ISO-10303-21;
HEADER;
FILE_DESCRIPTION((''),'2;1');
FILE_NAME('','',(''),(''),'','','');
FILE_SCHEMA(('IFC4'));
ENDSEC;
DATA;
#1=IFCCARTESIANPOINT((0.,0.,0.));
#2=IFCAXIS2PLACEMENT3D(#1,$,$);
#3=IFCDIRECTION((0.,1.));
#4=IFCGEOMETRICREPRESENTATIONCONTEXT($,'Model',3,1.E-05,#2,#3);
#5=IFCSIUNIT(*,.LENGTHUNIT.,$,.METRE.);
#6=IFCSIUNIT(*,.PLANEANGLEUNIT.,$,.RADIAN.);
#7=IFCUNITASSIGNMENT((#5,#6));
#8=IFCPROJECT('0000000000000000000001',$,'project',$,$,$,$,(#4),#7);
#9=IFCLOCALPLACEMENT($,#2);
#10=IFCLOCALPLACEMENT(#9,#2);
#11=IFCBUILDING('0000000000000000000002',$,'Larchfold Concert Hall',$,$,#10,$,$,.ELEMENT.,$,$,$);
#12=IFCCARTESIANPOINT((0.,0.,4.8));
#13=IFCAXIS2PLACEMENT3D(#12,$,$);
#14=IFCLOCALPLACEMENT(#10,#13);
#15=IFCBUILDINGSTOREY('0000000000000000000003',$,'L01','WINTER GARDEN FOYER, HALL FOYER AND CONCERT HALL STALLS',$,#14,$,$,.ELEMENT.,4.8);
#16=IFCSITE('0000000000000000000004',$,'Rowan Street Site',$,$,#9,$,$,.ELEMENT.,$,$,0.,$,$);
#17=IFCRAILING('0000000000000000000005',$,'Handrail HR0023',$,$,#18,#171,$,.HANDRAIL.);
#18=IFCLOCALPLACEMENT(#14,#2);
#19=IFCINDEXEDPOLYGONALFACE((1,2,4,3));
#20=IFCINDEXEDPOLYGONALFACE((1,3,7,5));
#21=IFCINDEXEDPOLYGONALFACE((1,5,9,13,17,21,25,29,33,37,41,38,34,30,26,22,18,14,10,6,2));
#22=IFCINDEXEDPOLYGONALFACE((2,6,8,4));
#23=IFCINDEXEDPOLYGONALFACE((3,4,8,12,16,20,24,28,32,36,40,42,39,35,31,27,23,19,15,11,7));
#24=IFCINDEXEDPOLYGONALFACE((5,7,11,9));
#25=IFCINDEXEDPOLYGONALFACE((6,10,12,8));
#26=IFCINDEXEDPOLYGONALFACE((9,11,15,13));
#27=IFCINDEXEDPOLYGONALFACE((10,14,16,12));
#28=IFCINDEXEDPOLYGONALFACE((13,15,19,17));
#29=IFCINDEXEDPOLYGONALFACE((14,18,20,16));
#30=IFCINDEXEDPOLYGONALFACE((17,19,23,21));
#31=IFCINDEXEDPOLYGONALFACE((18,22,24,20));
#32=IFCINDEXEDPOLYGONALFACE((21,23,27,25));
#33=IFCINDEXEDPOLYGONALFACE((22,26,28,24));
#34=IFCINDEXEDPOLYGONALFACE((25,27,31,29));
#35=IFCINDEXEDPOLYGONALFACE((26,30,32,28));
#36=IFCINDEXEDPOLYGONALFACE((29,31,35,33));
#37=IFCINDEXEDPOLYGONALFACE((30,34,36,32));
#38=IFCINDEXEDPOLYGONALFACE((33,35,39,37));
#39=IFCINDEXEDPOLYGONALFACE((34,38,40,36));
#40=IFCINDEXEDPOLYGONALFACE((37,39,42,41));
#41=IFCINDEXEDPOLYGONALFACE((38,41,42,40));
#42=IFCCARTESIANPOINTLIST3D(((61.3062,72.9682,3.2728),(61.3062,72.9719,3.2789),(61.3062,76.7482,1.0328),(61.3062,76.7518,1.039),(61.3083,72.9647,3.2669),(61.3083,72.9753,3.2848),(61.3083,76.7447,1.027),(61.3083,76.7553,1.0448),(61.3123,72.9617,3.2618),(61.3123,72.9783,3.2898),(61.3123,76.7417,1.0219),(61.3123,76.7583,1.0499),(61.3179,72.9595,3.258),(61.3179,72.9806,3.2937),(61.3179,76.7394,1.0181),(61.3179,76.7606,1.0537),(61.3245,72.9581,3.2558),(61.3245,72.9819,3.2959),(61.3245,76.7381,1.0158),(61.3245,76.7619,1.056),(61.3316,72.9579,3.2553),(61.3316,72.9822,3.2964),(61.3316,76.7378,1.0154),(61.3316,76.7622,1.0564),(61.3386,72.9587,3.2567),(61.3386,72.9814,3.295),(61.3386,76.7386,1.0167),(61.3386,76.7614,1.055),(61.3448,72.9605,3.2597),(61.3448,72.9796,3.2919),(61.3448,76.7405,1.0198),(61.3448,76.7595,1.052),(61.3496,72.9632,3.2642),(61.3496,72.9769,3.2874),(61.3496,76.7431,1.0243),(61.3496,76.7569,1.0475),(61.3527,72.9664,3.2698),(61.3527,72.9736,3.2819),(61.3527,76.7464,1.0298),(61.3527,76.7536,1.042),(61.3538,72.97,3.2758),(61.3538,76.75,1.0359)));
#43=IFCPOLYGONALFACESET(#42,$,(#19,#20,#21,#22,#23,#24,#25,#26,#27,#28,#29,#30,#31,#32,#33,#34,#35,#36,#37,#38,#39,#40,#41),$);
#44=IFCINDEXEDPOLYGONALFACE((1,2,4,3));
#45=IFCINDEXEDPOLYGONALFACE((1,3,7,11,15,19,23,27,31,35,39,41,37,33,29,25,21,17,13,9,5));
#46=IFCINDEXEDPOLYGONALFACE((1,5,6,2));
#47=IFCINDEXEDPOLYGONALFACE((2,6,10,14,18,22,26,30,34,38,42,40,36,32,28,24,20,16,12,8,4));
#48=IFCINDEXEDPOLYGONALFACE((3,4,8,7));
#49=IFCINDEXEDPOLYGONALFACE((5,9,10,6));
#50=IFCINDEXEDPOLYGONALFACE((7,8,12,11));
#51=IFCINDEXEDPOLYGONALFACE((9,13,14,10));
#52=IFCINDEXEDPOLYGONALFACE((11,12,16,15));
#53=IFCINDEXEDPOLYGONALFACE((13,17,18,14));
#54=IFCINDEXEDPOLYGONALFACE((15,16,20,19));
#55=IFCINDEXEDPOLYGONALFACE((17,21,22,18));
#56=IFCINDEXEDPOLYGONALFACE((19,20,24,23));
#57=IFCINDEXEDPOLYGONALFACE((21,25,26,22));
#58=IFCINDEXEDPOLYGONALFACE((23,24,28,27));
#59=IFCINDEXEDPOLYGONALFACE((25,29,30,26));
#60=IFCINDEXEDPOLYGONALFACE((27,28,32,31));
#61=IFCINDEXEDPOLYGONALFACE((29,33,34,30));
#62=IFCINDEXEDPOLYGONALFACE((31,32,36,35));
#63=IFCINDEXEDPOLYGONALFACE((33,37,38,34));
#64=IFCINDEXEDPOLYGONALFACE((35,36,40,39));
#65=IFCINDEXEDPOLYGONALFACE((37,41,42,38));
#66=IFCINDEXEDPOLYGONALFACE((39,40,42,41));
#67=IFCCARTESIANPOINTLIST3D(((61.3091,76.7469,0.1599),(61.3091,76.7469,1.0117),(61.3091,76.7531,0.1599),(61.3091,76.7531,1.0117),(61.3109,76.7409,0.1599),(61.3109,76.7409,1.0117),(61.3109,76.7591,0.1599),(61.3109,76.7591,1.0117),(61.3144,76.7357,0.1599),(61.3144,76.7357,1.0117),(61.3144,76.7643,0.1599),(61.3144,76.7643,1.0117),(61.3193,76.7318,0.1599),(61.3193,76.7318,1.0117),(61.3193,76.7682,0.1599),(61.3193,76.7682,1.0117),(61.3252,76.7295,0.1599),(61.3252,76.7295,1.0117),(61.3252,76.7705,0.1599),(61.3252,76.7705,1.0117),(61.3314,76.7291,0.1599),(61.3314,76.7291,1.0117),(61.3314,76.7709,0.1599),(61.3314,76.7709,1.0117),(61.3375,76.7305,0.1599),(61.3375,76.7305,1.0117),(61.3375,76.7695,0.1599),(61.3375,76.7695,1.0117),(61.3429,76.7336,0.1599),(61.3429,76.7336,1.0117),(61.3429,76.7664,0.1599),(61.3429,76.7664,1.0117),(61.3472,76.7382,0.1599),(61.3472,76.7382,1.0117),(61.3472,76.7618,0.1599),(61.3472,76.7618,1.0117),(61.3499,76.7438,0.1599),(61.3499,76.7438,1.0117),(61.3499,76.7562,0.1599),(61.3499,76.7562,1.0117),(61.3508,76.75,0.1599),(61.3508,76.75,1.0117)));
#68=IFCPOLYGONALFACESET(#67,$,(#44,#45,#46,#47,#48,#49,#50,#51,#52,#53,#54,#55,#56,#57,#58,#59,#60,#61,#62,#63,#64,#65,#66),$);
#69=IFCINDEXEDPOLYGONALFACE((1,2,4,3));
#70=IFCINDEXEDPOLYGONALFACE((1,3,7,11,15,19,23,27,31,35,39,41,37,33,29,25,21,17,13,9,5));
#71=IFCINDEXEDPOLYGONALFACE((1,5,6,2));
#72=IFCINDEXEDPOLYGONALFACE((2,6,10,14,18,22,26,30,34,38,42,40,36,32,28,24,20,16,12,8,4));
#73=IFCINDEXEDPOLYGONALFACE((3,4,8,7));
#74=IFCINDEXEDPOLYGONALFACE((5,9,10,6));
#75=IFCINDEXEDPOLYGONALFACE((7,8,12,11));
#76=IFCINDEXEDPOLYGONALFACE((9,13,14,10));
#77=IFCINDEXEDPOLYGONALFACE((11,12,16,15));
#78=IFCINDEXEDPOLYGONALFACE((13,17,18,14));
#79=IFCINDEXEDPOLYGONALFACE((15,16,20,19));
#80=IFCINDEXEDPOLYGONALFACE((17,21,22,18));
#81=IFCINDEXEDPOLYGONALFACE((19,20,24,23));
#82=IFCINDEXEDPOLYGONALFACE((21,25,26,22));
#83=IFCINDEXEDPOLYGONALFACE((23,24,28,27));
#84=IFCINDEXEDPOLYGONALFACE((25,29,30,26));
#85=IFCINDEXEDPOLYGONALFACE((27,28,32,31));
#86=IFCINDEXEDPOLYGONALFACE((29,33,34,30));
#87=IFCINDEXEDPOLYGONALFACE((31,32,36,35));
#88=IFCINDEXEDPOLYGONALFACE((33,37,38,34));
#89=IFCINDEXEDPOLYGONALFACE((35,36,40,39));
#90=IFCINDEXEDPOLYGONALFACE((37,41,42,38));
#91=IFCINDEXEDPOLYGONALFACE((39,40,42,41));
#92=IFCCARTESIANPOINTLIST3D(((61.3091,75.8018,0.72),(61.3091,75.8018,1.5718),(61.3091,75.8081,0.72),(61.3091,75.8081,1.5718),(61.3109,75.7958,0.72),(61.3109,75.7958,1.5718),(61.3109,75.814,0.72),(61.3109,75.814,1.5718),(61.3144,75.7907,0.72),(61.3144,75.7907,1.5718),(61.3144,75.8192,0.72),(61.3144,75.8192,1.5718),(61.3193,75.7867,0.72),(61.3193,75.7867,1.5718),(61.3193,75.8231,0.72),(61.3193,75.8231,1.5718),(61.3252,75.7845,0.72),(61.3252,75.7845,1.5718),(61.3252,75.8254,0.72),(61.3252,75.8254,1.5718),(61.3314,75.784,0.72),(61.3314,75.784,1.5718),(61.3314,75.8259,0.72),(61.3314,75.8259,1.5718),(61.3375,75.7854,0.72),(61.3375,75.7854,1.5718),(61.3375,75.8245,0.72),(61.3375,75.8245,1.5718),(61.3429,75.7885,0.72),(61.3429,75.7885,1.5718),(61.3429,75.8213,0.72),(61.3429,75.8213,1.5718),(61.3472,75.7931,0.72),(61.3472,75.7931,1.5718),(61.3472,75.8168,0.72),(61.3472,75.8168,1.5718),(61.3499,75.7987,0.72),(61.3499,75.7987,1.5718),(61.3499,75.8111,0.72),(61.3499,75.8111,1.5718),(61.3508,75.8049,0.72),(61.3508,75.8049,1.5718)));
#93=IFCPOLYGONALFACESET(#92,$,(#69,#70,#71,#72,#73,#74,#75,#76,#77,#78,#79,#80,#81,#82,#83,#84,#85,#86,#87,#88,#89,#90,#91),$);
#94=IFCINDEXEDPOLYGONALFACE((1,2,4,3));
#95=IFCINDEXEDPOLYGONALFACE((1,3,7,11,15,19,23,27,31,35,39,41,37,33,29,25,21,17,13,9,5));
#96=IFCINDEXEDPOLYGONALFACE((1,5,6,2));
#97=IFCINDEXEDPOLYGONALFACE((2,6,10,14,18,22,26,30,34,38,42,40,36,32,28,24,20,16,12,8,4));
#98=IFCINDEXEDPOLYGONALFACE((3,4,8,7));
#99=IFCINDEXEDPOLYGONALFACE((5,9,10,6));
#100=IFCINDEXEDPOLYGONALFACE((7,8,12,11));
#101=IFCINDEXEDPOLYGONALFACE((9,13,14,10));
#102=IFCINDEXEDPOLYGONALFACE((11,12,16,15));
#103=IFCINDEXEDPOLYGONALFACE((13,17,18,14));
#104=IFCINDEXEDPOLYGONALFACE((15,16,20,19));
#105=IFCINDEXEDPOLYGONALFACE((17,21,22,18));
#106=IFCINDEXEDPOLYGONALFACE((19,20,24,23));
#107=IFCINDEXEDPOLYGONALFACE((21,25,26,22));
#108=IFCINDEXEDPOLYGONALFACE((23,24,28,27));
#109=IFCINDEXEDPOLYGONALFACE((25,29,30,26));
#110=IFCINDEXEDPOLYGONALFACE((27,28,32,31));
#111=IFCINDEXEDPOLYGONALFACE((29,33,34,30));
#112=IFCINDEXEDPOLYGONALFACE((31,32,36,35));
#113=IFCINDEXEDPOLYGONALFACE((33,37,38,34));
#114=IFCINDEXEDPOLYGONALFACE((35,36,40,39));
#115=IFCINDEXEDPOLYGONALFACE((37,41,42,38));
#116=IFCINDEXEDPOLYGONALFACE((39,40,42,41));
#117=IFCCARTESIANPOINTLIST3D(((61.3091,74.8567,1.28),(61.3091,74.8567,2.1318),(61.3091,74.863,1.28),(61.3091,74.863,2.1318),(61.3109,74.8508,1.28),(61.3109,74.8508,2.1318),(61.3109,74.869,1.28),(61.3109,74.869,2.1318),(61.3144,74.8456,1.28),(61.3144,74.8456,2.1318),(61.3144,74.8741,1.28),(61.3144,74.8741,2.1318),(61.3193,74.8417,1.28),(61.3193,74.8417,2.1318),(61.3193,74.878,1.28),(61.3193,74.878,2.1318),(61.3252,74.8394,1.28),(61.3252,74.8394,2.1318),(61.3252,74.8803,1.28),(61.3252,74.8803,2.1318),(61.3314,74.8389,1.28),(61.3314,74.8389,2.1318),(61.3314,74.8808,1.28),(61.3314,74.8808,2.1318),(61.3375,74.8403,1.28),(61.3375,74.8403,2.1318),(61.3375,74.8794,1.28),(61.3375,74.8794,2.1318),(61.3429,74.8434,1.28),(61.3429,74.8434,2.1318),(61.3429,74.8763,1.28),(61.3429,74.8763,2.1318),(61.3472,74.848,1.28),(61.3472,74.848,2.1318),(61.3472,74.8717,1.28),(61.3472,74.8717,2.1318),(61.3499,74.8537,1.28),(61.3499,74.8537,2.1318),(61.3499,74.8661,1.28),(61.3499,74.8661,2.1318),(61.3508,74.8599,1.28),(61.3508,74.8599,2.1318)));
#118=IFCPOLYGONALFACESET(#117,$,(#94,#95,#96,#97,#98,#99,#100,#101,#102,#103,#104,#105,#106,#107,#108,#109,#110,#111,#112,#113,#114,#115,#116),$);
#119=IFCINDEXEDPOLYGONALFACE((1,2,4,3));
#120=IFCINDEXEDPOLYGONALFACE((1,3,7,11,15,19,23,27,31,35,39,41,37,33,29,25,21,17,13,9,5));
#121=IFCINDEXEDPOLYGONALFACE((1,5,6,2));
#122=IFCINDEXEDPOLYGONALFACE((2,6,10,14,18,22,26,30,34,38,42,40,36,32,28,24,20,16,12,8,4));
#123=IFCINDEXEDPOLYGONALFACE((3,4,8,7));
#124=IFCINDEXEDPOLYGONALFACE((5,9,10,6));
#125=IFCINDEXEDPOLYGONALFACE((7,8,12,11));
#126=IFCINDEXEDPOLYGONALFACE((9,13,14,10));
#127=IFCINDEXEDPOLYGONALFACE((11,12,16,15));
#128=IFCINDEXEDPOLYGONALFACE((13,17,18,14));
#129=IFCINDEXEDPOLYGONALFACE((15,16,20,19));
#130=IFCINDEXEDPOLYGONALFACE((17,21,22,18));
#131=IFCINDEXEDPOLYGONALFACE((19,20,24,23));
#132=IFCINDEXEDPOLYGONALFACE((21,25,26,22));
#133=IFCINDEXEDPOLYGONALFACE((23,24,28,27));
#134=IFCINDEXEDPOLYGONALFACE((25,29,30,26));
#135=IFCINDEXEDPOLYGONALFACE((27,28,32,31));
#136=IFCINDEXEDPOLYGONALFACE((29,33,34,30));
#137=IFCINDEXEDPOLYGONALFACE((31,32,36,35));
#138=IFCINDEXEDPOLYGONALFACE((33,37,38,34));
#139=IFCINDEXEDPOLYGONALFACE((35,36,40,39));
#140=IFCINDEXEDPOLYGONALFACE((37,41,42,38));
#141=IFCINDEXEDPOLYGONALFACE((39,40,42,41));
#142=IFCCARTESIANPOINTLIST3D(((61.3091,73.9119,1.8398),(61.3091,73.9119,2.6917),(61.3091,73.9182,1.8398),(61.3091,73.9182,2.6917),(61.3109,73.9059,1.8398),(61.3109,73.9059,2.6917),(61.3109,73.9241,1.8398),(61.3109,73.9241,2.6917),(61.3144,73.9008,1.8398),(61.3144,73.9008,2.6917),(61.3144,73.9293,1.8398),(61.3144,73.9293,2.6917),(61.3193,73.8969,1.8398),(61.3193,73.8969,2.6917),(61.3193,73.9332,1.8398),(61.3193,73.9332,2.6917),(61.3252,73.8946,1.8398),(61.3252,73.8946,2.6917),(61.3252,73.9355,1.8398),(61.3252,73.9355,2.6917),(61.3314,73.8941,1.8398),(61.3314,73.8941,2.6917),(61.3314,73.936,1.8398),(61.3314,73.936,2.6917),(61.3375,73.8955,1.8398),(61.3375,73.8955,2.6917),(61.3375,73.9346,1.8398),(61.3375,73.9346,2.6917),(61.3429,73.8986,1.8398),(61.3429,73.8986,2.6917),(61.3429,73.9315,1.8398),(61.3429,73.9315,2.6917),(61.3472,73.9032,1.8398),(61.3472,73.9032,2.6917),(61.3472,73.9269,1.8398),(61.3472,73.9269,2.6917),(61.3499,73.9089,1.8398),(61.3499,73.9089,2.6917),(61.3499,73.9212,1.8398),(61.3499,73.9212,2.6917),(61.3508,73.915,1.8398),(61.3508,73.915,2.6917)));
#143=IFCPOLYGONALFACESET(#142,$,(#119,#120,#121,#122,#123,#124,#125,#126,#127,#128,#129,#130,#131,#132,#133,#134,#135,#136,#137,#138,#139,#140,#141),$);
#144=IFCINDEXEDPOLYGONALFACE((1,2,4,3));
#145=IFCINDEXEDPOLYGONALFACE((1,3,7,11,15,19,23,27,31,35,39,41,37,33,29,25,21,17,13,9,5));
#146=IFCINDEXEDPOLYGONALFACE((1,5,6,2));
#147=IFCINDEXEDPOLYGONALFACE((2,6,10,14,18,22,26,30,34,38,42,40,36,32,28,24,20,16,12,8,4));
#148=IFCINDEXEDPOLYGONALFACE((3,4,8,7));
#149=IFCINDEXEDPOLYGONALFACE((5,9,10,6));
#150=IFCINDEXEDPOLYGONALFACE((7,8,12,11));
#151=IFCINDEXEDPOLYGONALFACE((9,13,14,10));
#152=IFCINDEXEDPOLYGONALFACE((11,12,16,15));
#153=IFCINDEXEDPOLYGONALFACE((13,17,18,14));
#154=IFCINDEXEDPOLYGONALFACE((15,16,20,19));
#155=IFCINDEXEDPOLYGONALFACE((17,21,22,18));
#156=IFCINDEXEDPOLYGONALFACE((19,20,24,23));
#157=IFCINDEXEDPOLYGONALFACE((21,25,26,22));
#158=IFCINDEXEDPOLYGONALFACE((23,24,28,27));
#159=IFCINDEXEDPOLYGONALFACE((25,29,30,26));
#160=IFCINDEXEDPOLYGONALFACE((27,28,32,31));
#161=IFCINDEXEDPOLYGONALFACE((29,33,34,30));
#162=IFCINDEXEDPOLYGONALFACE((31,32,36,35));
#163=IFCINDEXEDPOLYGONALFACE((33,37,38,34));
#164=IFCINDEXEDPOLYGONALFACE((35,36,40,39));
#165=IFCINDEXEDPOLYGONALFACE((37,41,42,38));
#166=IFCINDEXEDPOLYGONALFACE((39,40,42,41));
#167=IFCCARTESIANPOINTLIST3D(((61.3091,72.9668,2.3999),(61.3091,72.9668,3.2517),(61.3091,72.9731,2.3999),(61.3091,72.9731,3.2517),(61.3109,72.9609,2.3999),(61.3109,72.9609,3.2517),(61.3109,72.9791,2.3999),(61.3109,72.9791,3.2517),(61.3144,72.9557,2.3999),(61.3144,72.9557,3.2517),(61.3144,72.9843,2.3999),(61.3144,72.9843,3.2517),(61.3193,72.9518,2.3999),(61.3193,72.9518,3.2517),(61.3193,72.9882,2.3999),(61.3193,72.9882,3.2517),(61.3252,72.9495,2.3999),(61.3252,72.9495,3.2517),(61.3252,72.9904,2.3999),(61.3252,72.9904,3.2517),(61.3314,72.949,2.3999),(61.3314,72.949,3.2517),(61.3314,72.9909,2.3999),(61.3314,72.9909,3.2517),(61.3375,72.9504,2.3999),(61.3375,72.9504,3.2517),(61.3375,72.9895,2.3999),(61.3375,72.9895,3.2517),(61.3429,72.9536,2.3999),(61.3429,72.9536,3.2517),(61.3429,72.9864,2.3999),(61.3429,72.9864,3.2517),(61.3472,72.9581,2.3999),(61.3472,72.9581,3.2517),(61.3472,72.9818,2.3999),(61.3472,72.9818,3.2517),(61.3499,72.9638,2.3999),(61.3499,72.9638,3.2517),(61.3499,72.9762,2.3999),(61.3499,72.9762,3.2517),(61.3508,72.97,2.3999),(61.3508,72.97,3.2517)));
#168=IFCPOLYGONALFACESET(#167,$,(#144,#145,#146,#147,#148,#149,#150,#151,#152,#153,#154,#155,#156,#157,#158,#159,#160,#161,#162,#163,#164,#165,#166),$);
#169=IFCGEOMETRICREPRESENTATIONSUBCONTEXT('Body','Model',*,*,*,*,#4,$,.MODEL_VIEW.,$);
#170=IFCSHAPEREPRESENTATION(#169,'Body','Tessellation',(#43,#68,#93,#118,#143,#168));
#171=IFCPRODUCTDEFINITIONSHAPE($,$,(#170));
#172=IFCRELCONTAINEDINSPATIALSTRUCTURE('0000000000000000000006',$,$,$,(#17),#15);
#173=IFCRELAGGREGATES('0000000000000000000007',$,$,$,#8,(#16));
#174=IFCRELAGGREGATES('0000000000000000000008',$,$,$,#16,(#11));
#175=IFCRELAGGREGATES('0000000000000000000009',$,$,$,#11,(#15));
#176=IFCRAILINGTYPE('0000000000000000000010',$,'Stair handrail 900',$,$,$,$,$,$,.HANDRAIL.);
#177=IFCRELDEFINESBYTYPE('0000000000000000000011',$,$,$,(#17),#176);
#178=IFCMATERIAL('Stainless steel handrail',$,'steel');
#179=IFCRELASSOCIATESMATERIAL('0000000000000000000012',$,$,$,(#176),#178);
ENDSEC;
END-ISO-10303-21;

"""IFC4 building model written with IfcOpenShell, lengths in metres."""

from ifc_helpers import new_model, si_unit, direction, frame, origin, origin_2d, place, context, subcontext, project, spatial, circle, extrude, material, type_object, element, save


model = new_model("IFC4")

# Units and contexts
model_context = context("Model", 3, precision=1e-05, world=origin(), true_north=direction((0.0, 1.0)))
body_context = subcontext(model_context, "Body", "Model", "MODEL_VIEW")
ifc_project = project(units=[si_unit("LENGTHUNIT", "METRE"), si_unit("PLANEANGLEUNIT", "RADIAN")], contexts=[model_context])

# Site, building, storey
site_placement = place(None, origin())
site = spatial("IfcSite", under=ifc_project, at=site_placement, Name="Rowan Street Site", CompositionType="ELEMENT", RefElevation=0.0)
building_placement = place(site_placement, origin())
building = spatial("IfcBuilding", under=site, at=building_placement, Name="Larchfold Concert Hall", CompositionType="ELEMENT")
storey_placement = place(building_placement, frame((0.0, 0.0, 4.8)))
storey = spatial("IfcBuildingStorey", under=building, at=storey_placement, Name="L01", Description="WINTER GARDEN FOYER, HALL FOYER AND CONCERT HALL STALLS", CompositionType="ELEMENT", Elevation=4.8)

# Railing
ifc_material_1 = material(Name="Stainless steel handrail", Category="steel")
railing_type_1 = type_object("IfcRailingType", Name="Stair handrail 900", PredefinedType="HANDRAIL", material=ifc_material_1)
for number, where, name in (
    (1, (61.3298, 76.75, 0.1599), "Handrail HR0023"),
):
    element("IfcRailing", number, at=place(storey_placement, frame(where)), inside=storey, type_object=railing_type_1, Name=name, PredefinedType="HANDRAIL", context=body_context, shape_type="SweptSolid", body=[
        extrude(circle(Radius=0.0239, at=origin_2d()), frame((0.0, 0.0, 0.876), z_axis=(0.0, -0.860294, 0.509798), x_axis=(1.0, 0.0, 0.0)), (0.0, 0.0, 1.0), 4.3938),
        extrude(circle(Radius=0.021, at=origin_2d()), origin(), (0.0, 0.0, 1.0), 0.8518),
        extrude(circle(Radius=0.021, at=origin_2d()), frame((0.0, -0.9451, 0.5601)), (0.0, 0.0, 1.0), 0.8518),
        extrude(circle(Radius=0.021, at=origin_2d()), frame((0.0, -1.8901, 1.1201)), (0.0, 0.0, 1.0), 0.8518),
        extrude(circle(Radius=0.021, at=origin_2d()), frame((0.0, -2.835, 1.6799)), (0.0, 0.0, 1.0), 0.8518),
        extrude(circle(Radius=0.021, at=origin_2d()), frame((0.0, -3.78, 2.24)), (0.0, 0.0, 1.0), 0.8518),
    ])

save(model, "model.ifc")
